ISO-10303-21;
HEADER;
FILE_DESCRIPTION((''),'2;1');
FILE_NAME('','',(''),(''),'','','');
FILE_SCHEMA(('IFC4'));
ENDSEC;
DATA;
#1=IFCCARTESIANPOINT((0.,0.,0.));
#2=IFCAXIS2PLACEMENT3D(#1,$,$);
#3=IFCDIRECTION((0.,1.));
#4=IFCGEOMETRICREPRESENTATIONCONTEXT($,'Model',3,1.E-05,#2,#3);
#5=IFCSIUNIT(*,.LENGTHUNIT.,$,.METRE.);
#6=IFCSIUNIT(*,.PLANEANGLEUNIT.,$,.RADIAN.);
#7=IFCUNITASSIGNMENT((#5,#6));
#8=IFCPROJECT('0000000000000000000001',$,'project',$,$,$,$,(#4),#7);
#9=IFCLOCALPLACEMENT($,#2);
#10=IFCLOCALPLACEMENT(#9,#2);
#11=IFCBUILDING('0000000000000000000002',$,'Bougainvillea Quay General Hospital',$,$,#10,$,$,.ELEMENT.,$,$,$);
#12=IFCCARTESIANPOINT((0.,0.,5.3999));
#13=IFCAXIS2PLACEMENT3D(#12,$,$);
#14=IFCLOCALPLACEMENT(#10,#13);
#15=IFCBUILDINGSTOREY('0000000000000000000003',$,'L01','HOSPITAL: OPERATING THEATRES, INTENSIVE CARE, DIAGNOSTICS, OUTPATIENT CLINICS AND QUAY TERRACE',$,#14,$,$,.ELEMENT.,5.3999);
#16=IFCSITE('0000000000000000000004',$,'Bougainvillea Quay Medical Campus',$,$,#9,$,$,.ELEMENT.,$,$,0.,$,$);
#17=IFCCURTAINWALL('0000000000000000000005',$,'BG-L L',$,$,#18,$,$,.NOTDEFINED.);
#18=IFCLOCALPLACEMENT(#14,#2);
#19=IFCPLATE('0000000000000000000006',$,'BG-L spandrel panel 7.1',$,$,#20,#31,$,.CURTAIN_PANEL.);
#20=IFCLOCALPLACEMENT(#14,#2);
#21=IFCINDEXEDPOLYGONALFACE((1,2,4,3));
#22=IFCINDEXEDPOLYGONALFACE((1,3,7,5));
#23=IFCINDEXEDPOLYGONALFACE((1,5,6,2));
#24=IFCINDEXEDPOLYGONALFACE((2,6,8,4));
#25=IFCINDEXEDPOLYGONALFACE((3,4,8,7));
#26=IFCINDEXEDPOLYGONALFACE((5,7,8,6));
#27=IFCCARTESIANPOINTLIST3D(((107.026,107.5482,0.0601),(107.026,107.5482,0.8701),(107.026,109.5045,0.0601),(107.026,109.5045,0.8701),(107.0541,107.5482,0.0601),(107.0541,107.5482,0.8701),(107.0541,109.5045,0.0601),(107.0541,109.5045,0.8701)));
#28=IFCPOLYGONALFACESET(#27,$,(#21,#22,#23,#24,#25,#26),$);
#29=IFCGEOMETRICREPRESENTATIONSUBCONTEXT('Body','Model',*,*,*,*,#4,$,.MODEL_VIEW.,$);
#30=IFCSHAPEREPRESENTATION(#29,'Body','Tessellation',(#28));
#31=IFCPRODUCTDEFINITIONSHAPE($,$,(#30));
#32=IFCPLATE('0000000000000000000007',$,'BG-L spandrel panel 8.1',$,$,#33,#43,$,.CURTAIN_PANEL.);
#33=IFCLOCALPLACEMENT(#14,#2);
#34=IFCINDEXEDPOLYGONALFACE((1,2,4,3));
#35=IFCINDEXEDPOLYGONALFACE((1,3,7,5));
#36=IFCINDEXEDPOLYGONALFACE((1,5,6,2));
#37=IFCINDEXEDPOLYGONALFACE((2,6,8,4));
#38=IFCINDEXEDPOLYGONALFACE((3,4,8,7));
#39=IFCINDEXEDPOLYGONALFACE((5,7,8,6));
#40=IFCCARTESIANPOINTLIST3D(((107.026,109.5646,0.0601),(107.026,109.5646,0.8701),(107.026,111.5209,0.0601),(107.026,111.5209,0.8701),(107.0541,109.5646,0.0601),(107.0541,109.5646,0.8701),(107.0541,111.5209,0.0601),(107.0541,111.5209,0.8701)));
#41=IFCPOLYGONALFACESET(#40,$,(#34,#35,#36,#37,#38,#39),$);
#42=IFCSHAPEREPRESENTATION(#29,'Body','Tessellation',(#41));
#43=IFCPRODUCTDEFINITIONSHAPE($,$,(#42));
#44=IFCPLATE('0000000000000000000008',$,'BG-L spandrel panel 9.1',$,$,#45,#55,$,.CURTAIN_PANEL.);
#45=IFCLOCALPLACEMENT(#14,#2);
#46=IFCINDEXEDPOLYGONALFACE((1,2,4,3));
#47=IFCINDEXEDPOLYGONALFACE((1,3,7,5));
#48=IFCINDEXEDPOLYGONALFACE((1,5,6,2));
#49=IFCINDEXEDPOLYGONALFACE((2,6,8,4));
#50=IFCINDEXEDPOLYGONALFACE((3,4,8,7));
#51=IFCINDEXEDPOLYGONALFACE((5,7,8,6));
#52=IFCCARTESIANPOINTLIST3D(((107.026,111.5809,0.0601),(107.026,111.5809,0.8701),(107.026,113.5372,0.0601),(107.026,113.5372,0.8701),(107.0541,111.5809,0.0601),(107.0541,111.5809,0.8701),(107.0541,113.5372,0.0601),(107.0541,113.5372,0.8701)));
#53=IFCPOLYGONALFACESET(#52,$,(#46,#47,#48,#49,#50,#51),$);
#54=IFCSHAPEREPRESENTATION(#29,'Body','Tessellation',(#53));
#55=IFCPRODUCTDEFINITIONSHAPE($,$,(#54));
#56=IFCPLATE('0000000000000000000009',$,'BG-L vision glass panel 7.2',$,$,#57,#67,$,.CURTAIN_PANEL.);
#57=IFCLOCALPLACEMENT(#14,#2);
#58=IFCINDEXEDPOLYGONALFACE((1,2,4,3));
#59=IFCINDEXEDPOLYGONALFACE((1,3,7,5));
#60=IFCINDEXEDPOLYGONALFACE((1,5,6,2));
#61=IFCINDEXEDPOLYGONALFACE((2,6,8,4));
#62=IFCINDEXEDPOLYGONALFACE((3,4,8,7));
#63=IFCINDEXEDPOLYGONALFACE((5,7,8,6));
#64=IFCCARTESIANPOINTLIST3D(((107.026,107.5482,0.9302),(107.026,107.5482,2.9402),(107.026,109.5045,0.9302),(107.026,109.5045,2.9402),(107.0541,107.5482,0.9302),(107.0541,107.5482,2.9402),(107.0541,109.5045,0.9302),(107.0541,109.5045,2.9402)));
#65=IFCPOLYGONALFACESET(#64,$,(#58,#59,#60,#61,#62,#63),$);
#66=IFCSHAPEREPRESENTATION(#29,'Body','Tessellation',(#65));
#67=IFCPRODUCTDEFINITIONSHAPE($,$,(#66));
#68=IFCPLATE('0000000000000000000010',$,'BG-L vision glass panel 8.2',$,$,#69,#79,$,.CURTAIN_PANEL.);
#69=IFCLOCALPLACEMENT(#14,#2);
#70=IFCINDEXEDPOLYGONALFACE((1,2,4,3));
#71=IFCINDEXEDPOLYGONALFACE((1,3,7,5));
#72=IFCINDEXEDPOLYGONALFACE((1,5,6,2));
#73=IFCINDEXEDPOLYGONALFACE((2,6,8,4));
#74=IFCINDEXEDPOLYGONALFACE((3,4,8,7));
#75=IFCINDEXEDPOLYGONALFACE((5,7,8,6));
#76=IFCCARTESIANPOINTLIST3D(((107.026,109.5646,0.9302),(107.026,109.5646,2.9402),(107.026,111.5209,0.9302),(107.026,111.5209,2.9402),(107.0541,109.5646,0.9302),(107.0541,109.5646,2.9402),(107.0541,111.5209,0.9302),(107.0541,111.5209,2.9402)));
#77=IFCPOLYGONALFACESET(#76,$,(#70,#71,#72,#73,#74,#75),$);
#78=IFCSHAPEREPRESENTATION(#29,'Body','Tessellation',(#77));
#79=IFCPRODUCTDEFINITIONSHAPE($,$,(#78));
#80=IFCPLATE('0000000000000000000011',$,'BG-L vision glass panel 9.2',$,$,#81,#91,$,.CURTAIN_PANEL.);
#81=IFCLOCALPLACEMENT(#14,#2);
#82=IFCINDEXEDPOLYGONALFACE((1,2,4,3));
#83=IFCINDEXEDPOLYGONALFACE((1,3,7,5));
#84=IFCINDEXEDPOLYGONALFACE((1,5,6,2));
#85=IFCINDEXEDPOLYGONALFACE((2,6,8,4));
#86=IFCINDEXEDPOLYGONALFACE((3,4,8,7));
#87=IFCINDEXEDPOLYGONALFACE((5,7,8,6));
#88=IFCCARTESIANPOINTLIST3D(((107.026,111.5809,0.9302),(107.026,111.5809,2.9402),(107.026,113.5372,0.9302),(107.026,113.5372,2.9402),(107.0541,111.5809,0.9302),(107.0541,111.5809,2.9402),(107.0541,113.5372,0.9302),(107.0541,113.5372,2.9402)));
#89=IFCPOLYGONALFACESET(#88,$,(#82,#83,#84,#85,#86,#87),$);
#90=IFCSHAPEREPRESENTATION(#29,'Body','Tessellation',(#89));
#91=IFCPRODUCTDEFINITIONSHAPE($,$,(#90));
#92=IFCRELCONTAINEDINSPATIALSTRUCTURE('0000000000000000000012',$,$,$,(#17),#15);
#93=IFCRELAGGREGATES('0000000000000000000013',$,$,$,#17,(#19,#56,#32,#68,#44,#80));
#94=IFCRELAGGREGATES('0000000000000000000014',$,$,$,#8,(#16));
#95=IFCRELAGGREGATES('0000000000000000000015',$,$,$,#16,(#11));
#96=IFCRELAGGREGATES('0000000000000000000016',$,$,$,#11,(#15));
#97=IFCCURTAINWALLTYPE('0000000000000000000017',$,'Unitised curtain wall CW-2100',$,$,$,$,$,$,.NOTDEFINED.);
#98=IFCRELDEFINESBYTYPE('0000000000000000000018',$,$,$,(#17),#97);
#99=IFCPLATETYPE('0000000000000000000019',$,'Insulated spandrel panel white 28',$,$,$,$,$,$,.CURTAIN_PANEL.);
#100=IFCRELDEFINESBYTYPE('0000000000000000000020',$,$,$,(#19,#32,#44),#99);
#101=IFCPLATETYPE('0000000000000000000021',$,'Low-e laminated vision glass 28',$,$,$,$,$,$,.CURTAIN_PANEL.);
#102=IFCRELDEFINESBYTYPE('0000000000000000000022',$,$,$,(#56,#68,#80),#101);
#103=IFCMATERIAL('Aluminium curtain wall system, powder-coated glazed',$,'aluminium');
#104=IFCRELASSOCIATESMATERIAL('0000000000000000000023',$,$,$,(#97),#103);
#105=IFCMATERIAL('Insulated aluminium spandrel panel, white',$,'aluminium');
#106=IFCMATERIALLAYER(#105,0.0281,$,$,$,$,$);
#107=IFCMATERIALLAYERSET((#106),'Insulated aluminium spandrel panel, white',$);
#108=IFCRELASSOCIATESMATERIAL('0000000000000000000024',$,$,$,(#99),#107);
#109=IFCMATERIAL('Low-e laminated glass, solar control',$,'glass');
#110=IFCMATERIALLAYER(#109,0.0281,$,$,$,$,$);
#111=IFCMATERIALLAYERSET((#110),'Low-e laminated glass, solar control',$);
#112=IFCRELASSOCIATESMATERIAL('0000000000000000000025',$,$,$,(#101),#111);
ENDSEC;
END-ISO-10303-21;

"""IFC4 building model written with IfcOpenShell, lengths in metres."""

from ifc_helpers import new_model, si_unit, direction, frame, origin, origin_2d, place, context, subcontext, project, spatial, rectangle, extrude, material, layer, layer_set, type_object, element, aggregate, save


model = new_model("IFC4")

# Units and contexts
model_context = context("Model", 3, precision=1e-05, world=origin(), true_north=direction((0.0, 1.0)))
body_context = subcontext(model_context, "Body", "Model", "MODEL_VIEW")
ifc_project = project(units=[si_unit("LENGTHUNIT", "METRE"), si_unit("PLANEANGLEUNIT", "RADIAN")], contexts=[model_context])

# Site, building, storey
site_placement = place(None, origin())
site = spatial("IfcSite", under=ifc_project, at=site_placement, Name="Bougainvillea Quay Medical Campus", CompositionType="ELEMENT", RefElevation=0.0)
building_placement = place(site_placement, origin())
building = spatial("IfcBuilding", under=site, at=building_placement, Name="Bougainvillea Quay General Hospital", CompositionType="ELEMENT")
storey_placement = place(building_placement, frame((0.0, 0.0, 5.3999)))
storey = spatial("IfcBuildingStorey", under=building, at=storey_placement, Name="L01", Description="HOSPITAL: OPERATING THEATRES, INTENSIVE CARE, DIAGNOSTICS, OUTPATIENT CLINICS AND QUAY TERRACE", CompositionType="ELEMENT", Elevation=5.3999)

# Curtain wall, plates
ifc_material_1 = material(Name="Aluminium curtain wall system, powder-coated glazed", Category="aluminium")
curtain_wall_type = type_object("IfcCurtainWallType", Name="Unitised curtain wall CW-2100", PredefinedType="NOTDEFINED", material=ifc_material_1)
curtain_wall_placement = place(storey_placement, origin())
curtain_wall = element("IfcCurtainWall", 1, at=curtain_wall_placement, inside=storey, type_object=curtain_wall_type, Name="BG-L L", PredefinedType="NOTDEFINED")
ifc_material_2 = material(Name="Insulated aluminium spandrel panel, white", Category="aluminium")
ifc_layer_1 = layer(ifc_material_2, 0.0281)
ifc_layer_set_1 = layer_set([ifc_layer_1], Name="Insulated aluminium spandrel panel, white")
plate_type_1 = type_object("IfcPlateType", Name="Insulated spandrel panel white 28", PredefinedType="CURTAIN_PANEL", material=ifc_layer_set_1)
plate_1_placement = place(storey_placement, frame((107.04, 108.5264, 0.0601), z_axis=(0.0, 0.0, 1.0), x_axis=(0.0, 1.0, 0.0)))
plate_1 = element("IfcPlate", 2, at=plate_1_placement, type_object=plate_type_1, Name="BG-L spandrel panel 7.1", PredefinedType="CURTAIN_PANEL", context=body_context, shape_type="SweptSolid", body=[
    extrude(rectangle(XDim=1.9563, YDim=0.0281, at=origin_2d()), origin(), (0.0, 0.0, 1.0), 0.8101),
])
plate_2_placement = place(storey_placement, frame((107.04, 110.5427, 0.0601), z_axis=(0.0, 0.0, 1.0), x_axis=(0.0, 1.0, 0.0)))
plate_2 = element("IfcPlate", 3, at=plate_2_placement, type_object=plate_type_1, Name="BG-L spandrel panel 8.1", PredefinedType="CURTAIN_PANEL", context=body_context, shape_type="SweptSolid", body=[
    extrude(rectangle(XDim=1.9563, YDim=0.0281, at=origin_2d()), origin(), (0.0, 0.0, 1.0), 0.8101),
])
plate_3_placement = place(storey_placement, frame((107.04, 112.5591, 0.0601), z_axis=(0.0, 0.0, 1.0), x_axis=(0.0, 1.0, 0.0)))
plate_3 = element("IfcPlate", 4, at=plate_3_placement, type_object=plate_type_1, Name="BG-L spandrel panel 9.1", PredefinedType="CURTAIN_PANEL", context=body_context, shape_type="SweptSolid", body=[
    extrude(rectangle(XDim=1.9563, YDim=0.0281, at=origin_2d()), origin(), (0.0, 0.0, 1.0), 0.8101),
])
ifc_material_3 = material(Name="Low-e laminated glass, solar control", Category="glass")
ifc_layer_2 = layer(ifc_material_3, 0.0281)
ifc_layer_set_2 = layer_set([ifc_layer_2], Name="Low-e laminated glass, solar control")
plate_type_2 = type_object("IfcPlateType", Name="Low-e laminated vision glass 28", PredefinedType="CURTAIN_PANEL", material=ifc_layer_set_2)
plate_4_placement = place(storey_placement, frame((107.04, 108.5264, 0.9302), z_axis=(0.0, 0.0, 1.0), x_axis=(0.0, 1.0, 0.0)))
plate_4 = element("IfcPlate", 5, at=plate_4_placement, type_object=plate_type_2, Name="BG-L vision glass panel 7.2", PredefinedType="CURTAIN_PANEL", context=body_context, shape_type="SweptSolid", body=[
    extrude(rectangle(XDim=1.9563, YDim=0.0281, at=origin_2d()), origin(), (0.0, 0.0, 1.0), 2.01),
])
plate_5_placement = place(storey_placement, frame((107.04, 110.5427, 0.9302), z_axis=(0.0, 0.0, 1.0), x_axis=(0.0, 1.0, 0.0)))
plate_5 = element("IfcPlate", 6, at=plate_5_placement, type_object=plate_type_2, Name="BG-L vision glass panel 8.2", PredefinedType="CURTAIN_PANEL", context=body_context, shape_type="SweptSolid", body=[
    extrude(rectangle(XDim=1.9563, YDim=0.0281, at=origin_2d()), origin(), (0.0, 0.0, 1.0), 2.01),
])
plate_6_placement = place(storey_placement, frame((107.04, 112.5591, 0.9302), z_axis=(0.0, 0.0, 1.0), x_axis=(0.0, 1.0, 0.0)))
plate_6 = element("IfcPlate", 7, at=plate_6_placement, type_object=plate_type_2, Name="BG-L vision glass panel 9.2", PredefinedType="CURTAIN_PANEL", context=body_context, shape_type="SweptSolid", body=[
    extrude(rectangle(XDim=1.9563, YDim=0.0281, at=origin_2d()), origin(), (0.0, 0.0, 1.0), 2.01),
])
aggregate(curtain_wall, [plate_1, plate_4, plate_2, plate_5, plate_3, plate_6])

save(model, "model.ifc")
